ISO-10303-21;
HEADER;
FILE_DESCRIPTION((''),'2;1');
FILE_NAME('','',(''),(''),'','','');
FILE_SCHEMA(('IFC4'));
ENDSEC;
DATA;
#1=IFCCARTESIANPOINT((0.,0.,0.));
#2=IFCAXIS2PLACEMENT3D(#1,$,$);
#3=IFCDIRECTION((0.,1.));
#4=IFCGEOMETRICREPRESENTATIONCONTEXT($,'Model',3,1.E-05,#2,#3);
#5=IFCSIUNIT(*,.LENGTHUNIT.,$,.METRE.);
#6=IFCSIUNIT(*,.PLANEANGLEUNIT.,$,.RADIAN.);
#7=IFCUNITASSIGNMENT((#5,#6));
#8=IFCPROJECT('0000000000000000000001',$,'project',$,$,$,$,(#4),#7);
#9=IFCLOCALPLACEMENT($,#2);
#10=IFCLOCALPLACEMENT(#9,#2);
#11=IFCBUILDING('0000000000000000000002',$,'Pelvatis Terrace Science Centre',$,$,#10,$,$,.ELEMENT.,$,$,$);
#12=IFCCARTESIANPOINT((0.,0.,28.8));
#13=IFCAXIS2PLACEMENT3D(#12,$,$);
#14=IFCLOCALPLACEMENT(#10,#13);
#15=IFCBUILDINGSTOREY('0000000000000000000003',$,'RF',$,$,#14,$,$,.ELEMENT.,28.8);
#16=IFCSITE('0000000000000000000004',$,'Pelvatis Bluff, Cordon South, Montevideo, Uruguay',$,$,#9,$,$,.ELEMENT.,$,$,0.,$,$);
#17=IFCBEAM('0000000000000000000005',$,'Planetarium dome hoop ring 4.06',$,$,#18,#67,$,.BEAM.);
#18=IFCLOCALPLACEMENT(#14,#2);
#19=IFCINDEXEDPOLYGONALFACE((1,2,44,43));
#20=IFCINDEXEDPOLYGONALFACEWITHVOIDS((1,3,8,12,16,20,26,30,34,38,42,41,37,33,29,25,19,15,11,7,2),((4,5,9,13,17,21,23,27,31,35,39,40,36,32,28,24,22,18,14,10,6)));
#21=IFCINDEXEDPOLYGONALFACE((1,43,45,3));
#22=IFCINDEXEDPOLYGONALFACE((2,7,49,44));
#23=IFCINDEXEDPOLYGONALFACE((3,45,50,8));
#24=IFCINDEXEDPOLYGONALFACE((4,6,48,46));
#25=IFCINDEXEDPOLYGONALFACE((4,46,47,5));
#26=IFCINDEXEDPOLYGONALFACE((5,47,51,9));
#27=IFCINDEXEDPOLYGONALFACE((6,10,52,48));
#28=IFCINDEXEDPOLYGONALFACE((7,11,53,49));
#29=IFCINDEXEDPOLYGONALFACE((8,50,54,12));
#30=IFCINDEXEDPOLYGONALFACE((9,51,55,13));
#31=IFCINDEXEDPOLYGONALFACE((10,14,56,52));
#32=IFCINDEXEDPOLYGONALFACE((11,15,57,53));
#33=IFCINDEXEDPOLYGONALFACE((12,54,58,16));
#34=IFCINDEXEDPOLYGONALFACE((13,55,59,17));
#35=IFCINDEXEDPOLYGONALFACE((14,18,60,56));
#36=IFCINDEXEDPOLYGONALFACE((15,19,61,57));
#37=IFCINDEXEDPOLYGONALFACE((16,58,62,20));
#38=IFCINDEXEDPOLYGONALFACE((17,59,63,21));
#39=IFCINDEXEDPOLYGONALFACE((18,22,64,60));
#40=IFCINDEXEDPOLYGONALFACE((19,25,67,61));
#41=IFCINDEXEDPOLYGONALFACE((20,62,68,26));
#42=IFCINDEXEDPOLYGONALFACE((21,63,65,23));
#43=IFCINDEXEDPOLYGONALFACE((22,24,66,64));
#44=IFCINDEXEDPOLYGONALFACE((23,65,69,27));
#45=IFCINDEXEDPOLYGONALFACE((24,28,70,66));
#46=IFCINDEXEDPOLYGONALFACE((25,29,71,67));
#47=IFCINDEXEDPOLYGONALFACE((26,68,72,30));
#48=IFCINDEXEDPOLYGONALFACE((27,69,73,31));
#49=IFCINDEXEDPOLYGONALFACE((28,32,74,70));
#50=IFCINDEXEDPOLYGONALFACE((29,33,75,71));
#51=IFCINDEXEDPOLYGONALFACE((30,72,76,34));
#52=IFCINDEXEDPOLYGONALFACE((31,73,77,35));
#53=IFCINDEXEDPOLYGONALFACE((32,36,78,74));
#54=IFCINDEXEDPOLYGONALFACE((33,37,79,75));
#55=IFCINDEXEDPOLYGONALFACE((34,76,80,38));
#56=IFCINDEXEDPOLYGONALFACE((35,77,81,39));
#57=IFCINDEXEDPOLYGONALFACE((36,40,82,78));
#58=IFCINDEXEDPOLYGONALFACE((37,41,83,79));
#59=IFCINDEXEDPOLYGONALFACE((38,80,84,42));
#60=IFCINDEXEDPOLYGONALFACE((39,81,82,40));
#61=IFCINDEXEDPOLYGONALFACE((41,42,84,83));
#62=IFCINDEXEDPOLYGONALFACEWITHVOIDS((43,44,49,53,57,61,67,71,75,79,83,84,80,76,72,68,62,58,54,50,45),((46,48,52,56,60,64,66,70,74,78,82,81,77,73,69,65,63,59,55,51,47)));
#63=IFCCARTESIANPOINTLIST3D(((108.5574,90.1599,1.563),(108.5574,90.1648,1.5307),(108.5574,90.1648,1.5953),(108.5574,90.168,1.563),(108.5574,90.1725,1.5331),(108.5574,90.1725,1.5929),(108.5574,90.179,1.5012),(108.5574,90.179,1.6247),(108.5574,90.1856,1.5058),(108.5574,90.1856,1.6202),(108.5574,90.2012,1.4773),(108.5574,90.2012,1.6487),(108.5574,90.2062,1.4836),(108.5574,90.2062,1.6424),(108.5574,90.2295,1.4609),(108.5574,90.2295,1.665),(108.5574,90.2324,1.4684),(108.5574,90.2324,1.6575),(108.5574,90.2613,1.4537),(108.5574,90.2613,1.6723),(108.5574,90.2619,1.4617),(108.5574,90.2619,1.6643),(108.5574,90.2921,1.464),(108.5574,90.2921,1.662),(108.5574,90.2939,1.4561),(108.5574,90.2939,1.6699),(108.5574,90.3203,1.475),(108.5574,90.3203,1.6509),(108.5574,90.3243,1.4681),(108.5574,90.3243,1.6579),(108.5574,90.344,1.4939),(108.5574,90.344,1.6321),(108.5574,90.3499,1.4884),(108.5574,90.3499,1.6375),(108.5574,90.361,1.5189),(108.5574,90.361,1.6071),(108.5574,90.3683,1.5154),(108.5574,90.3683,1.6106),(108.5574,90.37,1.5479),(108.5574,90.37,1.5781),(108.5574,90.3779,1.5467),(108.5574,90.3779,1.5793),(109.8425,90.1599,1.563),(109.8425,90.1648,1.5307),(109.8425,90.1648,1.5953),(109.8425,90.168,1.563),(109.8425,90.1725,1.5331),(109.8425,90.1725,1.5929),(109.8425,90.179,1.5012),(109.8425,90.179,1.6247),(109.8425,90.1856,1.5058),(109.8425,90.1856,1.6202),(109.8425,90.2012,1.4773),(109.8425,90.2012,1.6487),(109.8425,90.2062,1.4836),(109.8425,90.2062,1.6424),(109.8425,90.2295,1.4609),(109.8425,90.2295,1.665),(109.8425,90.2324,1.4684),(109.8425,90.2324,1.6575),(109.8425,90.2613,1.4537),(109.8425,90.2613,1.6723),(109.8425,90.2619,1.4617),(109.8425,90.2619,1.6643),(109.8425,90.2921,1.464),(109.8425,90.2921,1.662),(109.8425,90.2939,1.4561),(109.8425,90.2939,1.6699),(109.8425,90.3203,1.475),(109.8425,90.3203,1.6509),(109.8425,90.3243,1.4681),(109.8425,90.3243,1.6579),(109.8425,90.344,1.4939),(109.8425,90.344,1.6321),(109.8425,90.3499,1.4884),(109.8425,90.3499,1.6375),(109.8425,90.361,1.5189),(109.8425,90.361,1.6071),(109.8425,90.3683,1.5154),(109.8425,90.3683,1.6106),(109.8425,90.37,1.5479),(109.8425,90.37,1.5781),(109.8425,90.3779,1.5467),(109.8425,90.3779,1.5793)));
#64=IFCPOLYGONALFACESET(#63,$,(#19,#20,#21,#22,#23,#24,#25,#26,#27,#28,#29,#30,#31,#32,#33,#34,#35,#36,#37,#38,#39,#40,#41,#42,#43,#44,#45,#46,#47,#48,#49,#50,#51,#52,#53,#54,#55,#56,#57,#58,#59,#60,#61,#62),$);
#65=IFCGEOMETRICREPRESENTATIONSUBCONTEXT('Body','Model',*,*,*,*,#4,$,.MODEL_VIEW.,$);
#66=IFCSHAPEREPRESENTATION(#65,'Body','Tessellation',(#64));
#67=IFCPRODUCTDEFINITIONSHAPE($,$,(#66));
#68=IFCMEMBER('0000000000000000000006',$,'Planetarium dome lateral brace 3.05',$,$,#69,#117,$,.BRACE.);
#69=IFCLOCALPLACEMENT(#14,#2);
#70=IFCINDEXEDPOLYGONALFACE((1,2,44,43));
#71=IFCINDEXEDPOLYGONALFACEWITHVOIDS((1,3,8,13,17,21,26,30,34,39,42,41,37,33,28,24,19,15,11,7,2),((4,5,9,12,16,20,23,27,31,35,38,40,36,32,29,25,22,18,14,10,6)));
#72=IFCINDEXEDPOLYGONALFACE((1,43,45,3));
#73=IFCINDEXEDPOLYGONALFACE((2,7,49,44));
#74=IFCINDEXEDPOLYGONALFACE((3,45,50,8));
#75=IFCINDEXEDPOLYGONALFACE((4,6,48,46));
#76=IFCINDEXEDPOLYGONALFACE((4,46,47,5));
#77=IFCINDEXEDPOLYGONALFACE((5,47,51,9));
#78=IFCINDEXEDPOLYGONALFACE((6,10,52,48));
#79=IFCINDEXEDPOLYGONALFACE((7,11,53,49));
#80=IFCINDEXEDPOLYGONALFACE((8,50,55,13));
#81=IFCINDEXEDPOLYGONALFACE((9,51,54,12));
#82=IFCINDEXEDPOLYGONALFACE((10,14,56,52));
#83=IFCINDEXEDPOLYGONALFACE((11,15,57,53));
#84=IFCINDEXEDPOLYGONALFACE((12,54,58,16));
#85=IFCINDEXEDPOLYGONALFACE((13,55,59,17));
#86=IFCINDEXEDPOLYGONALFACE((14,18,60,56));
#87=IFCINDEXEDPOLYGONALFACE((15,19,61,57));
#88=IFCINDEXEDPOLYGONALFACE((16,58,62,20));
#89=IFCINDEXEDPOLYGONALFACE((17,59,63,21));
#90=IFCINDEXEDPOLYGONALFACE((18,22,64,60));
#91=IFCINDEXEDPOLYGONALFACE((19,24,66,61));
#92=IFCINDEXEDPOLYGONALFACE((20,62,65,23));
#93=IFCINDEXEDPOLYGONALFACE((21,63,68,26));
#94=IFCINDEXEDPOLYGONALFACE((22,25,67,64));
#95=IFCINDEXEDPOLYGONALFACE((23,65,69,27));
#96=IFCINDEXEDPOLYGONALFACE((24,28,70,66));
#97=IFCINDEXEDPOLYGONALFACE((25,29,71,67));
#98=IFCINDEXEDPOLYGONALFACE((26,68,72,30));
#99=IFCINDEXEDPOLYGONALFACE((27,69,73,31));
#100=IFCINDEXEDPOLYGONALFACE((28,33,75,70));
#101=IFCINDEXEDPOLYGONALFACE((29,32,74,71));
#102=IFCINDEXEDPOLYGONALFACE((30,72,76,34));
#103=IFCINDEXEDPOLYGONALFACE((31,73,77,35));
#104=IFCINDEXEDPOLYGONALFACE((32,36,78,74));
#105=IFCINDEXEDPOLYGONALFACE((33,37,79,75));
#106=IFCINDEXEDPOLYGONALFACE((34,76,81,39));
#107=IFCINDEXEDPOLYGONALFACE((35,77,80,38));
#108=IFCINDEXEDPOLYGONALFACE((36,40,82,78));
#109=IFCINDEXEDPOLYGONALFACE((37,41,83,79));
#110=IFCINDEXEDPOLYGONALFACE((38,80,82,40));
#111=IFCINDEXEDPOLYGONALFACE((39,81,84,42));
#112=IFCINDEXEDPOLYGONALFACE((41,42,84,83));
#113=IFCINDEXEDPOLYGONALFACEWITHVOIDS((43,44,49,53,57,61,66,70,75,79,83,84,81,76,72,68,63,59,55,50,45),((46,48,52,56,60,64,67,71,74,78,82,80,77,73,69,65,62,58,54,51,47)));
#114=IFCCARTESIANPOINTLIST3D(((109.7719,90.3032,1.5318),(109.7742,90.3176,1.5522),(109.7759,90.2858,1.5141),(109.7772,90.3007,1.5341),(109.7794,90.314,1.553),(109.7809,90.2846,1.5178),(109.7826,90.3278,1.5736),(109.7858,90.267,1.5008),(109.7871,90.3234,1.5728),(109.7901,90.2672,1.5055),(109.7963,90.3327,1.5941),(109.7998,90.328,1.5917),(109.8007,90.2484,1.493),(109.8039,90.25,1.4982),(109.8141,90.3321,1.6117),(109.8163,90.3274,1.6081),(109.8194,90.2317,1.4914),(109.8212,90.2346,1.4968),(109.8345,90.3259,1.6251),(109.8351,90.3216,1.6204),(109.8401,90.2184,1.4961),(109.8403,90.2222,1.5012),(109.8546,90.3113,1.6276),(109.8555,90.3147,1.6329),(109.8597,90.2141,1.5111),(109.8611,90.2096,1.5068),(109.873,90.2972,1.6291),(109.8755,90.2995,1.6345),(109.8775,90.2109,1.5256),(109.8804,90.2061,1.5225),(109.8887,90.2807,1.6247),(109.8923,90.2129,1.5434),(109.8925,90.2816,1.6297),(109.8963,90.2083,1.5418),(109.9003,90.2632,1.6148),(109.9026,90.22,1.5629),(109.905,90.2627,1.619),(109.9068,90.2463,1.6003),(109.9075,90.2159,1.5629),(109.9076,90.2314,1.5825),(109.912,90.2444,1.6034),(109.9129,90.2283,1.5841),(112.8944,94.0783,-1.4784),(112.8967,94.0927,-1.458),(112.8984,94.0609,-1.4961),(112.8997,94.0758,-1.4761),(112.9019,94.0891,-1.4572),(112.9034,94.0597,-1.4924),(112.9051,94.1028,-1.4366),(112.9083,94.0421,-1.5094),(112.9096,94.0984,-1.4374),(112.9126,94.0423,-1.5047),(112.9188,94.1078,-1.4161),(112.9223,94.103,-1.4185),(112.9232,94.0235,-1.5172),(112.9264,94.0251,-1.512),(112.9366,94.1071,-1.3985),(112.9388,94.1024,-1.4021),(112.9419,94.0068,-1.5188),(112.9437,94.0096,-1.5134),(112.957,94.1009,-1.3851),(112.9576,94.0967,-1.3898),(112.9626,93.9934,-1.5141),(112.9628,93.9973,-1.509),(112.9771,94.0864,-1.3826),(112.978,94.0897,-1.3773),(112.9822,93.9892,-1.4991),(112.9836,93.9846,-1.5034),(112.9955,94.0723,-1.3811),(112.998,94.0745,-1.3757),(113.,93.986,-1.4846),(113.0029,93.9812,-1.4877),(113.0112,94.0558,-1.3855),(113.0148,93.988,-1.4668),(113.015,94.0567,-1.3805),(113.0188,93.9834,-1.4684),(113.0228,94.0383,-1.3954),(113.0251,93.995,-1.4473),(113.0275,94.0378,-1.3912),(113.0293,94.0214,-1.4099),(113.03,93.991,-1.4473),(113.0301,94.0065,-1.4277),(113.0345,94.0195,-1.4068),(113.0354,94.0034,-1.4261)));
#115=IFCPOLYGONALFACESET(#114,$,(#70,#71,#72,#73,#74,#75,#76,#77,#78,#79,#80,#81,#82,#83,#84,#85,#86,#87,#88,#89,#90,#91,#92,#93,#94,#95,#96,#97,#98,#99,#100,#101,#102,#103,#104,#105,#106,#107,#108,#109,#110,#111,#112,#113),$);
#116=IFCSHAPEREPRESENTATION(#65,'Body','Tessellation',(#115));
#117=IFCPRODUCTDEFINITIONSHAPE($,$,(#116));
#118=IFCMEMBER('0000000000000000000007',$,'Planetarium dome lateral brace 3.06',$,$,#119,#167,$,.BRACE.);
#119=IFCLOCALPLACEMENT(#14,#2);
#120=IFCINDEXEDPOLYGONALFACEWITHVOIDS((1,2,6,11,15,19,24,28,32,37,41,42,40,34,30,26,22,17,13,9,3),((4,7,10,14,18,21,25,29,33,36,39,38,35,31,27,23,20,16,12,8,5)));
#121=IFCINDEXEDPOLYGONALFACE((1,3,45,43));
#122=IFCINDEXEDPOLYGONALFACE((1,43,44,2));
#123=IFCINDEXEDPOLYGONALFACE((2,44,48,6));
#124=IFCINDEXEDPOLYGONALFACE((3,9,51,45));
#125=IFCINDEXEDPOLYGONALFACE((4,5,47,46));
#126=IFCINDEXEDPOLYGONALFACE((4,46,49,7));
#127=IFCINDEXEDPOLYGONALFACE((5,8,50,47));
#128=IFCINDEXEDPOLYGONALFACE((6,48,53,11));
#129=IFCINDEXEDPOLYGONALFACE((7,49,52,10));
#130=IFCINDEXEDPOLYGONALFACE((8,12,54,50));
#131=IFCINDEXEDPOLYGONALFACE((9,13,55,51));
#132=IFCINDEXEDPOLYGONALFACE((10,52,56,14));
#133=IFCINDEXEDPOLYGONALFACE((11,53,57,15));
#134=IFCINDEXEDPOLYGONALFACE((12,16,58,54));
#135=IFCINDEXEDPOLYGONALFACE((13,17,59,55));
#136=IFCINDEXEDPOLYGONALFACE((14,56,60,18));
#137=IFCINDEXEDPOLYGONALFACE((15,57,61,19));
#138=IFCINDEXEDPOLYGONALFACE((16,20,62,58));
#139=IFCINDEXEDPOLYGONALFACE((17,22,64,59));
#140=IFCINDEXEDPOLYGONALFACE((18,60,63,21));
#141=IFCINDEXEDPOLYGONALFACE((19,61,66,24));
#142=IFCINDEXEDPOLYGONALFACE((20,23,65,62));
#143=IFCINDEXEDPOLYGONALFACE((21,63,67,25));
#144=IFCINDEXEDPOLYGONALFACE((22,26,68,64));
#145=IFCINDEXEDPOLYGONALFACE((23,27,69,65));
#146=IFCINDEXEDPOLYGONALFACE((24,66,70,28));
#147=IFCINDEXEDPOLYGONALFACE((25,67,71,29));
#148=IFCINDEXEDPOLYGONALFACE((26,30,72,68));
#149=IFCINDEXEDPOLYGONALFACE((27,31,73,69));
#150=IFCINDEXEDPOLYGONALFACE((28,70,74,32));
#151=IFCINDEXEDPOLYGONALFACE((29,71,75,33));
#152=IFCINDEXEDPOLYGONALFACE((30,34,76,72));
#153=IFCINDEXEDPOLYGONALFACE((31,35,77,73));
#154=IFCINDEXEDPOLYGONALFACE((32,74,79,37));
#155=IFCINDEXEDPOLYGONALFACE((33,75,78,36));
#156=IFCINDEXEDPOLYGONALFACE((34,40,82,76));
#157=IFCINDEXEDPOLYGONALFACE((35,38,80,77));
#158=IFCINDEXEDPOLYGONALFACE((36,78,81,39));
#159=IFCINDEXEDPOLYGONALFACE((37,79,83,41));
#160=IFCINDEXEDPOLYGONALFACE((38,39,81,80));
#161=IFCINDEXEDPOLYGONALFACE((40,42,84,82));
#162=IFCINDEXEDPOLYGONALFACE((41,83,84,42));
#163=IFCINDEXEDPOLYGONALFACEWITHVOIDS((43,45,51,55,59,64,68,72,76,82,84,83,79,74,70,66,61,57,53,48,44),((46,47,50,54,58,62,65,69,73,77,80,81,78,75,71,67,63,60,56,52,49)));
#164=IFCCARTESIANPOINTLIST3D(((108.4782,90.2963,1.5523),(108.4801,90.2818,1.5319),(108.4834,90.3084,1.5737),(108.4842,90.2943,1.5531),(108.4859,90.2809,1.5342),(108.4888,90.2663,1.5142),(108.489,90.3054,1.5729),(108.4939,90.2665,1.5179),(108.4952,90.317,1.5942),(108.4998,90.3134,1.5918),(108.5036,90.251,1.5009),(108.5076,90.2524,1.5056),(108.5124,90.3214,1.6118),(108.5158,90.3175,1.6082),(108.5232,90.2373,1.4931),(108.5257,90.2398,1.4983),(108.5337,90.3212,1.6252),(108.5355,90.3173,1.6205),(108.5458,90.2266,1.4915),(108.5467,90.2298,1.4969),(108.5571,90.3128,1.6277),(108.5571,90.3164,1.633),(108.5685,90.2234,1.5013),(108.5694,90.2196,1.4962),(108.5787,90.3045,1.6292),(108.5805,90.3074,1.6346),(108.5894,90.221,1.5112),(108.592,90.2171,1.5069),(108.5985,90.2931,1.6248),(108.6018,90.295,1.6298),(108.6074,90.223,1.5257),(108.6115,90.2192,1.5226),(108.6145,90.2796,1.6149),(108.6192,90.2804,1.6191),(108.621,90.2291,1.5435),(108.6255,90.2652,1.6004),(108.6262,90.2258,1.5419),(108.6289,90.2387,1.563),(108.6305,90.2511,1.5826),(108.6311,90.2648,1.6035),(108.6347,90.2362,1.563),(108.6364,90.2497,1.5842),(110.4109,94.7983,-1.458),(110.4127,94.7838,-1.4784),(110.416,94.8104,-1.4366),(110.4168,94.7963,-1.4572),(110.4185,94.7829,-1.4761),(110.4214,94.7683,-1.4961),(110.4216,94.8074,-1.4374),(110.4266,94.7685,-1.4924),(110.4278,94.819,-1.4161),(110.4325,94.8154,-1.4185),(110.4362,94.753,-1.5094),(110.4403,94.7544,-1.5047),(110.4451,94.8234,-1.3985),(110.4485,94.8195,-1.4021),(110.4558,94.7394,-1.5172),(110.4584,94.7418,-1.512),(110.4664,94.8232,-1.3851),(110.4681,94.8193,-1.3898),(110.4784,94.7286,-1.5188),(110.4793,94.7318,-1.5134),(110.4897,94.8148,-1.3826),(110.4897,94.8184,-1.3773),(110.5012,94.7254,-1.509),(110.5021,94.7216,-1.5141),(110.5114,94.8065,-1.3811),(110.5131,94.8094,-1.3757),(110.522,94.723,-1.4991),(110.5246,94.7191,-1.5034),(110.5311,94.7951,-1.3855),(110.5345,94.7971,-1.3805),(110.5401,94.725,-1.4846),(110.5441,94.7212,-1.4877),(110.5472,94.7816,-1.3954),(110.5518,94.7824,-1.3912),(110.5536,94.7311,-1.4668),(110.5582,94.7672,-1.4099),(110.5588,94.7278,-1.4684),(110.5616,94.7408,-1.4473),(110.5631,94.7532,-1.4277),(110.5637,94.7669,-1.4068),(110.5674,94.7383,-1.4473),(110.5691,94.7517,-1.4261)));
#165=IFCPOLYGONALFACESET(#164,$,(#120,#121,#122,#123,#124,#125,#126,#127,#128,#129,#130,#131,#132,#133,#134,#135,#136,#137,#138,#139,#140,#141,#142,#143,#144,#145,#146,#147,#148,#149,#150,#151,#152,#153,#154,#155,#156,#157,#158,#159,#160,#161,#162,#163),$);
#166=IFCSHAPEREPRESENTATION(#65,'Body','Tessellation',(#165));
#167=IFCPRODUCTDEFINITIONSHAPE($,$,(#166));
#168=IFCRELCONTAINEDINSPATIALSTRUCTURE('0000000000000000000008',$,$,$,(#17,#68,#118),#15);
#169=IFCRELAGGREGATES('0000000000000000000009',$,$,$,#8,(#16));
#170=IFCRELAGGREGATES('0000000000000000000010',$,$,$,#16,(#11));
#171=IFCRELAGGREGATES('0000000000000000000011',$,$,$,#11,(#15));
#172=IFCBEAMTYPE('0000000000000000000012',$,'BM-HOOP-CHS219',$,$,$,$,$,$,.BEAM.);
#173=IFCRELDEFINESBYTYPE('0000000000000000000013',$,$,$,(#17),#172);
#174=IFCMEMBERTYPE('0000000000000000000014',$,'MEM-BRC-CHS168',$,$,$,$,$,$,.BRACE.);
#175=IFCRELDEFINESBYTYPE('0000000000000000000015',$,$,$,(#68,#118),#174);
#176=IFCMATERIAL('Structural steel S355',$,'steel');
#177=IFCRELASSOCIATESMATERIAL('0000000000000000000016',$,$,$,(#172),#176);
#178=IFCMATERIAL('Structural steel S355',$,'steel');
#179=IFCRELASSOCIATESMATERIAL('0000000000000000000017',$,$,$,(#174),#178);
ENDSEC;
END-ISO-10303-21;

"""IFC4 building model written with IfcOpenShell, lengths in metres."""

from ifc_helpers import new_model, si_unit, direction, frame, origin, origin_2d, place, context, subcontext, project, spatial, hollow_circle, extrude, material, material_profile, profile_set, type_object, element, save


model = new_model("IFC4")

# Units and contexts
model_context = context("Model", 3, precision=1e-05, world=origin(), true_north=direction((0.0, 1.0)))
body_context = subcontext(model_context, "Body", "Model", "MODEL_VIEW")
ifc_project = project(units=[si_unit("LENGTHUNIT", "METRE"), si_unit("PLANEANGLEUNIT", "RADIAN")], contexts=[model_context])

# Site, building, storey
site_placement = place(None, origin())
site = spatial("IfcSite", under=ifc_project, at=site_placement, Name="Pelvatis Bluff, Cordon South, Montevideo, Uruguay", CompositionType="ELEMENT", RefElevation=0.0)
building_placement = place(site_placement, origin())
building = spatial("IfcBuilding", under=site, at=building_placement, Name="Pelvatis Terrace Science Centre", CompositionType="ELEMENT")
storey_placement = place(building_placement, frame((0.0, 0.0, 28.8)))
storey = spatial("IfcBuildingStorey", under=building, at=storey_placement, Name="RF", CompositionType="ELEMENT", Elevation=28.8)

# Beam
ifc_material_1 = material(Name="Structural steel S355", Category="steel")
ifc_material_profile_1 = material_profile(ifc_material_1, hollow_circle(Radius=0.1096, WallThickness=0.0081, at=origin_2d()), Name="CHS 219.1x8.0")
ifc_profile_set_1 = profile_set([ifc_material_profile_1], Name="Structural steel S355")
beam_type_1 = type_object("IfcBeamType", Name="BM-HOOP-CHS219", PredefinedType="BEAM", material=ifc_profile_set_1)
for number, where, z_axis, x_axis, name in (
    (1, (109.8425, 90.2695, 1.563), (-1.0, 0.0, 0.0), (0.0, -1.0, 0.0), "Planetarium dome hoop ring 4.06"),
):
    element("IfcBeam", number, at=place(storey_placement, frame(where, z_axis=z_axis, x_axis=x_axis)), inside=storey, type_object=beam_type_1, Name=name, PredefinedType="BEAM", context=body_context, shape_type="SweptSolid", body=[
        extrude(hollow_circle(Radius=0.1096, WallThickness=0.0081, at=origin_2d()), origin(), (0.0, 0.0, 1.0), 1.2852),
    ])

# Members
ifc_material_2 = material(Name="Structural steel S355", Category="steel")
ifc_material_profile_2 = material_profile(ifc_material_2, hollow_circle(Radius=0.0842, WallThickness=0.0063, at=origin_2d()), Name="CHS 168.3x6.3")
ifc_profile_set_2 = profile_set([ifc_material_profile_2], Name="Structural steel S355")
member_type_1 = type_object("IfcMemberType", Name="MEM-BRC-CHS168", PredefinedType="BRACE", material=ifc_profile_set_2)
member_1_placement = place(storey_placement, frame((112.9651, 94.0447, -1.4473), z_axis=(-0.543044, -0.656535, 0.523513), x_axis=(0.770565, -0.637362, 0.0)))
element("IfcMember", 2, at=member_1_placement, inside=storey, type_object=member_type_1, Name="Planetarium dome lateral brace 3.05", PredefinedType="BRACE", context=body_context, shape_type="SweptSolid", body=[
    extrude(hollow_circle(Radius=0.0842, WallThickness=0.0063, at=origin_2d()), origin(), (0.0, 0.0, 1.0), 5.75),
])
member_2_placement = place(storey_placement, frame((110.49, 94.7715, -1.4473), z_axis=(-0.336099, -0.782928, 0.523509), x_axis=(0.918908, -0.394473, 0.0)))
element("IfcMember", 3, at=member_2_placement, inside=storey, type_object=member_type_1, Name="Planetarium dome lateral brace 3.06", PredefinedType="BRACE", context=body_context, shape_type="SweptSolid", body=[
    extrude(hollow_circle(Radius=0.0842, WallThickness=0.0063, at=origin_2d()), origin(), (0.0, 0.0, 1.0), 5.7502),
])

save(model, "model.ifc")
